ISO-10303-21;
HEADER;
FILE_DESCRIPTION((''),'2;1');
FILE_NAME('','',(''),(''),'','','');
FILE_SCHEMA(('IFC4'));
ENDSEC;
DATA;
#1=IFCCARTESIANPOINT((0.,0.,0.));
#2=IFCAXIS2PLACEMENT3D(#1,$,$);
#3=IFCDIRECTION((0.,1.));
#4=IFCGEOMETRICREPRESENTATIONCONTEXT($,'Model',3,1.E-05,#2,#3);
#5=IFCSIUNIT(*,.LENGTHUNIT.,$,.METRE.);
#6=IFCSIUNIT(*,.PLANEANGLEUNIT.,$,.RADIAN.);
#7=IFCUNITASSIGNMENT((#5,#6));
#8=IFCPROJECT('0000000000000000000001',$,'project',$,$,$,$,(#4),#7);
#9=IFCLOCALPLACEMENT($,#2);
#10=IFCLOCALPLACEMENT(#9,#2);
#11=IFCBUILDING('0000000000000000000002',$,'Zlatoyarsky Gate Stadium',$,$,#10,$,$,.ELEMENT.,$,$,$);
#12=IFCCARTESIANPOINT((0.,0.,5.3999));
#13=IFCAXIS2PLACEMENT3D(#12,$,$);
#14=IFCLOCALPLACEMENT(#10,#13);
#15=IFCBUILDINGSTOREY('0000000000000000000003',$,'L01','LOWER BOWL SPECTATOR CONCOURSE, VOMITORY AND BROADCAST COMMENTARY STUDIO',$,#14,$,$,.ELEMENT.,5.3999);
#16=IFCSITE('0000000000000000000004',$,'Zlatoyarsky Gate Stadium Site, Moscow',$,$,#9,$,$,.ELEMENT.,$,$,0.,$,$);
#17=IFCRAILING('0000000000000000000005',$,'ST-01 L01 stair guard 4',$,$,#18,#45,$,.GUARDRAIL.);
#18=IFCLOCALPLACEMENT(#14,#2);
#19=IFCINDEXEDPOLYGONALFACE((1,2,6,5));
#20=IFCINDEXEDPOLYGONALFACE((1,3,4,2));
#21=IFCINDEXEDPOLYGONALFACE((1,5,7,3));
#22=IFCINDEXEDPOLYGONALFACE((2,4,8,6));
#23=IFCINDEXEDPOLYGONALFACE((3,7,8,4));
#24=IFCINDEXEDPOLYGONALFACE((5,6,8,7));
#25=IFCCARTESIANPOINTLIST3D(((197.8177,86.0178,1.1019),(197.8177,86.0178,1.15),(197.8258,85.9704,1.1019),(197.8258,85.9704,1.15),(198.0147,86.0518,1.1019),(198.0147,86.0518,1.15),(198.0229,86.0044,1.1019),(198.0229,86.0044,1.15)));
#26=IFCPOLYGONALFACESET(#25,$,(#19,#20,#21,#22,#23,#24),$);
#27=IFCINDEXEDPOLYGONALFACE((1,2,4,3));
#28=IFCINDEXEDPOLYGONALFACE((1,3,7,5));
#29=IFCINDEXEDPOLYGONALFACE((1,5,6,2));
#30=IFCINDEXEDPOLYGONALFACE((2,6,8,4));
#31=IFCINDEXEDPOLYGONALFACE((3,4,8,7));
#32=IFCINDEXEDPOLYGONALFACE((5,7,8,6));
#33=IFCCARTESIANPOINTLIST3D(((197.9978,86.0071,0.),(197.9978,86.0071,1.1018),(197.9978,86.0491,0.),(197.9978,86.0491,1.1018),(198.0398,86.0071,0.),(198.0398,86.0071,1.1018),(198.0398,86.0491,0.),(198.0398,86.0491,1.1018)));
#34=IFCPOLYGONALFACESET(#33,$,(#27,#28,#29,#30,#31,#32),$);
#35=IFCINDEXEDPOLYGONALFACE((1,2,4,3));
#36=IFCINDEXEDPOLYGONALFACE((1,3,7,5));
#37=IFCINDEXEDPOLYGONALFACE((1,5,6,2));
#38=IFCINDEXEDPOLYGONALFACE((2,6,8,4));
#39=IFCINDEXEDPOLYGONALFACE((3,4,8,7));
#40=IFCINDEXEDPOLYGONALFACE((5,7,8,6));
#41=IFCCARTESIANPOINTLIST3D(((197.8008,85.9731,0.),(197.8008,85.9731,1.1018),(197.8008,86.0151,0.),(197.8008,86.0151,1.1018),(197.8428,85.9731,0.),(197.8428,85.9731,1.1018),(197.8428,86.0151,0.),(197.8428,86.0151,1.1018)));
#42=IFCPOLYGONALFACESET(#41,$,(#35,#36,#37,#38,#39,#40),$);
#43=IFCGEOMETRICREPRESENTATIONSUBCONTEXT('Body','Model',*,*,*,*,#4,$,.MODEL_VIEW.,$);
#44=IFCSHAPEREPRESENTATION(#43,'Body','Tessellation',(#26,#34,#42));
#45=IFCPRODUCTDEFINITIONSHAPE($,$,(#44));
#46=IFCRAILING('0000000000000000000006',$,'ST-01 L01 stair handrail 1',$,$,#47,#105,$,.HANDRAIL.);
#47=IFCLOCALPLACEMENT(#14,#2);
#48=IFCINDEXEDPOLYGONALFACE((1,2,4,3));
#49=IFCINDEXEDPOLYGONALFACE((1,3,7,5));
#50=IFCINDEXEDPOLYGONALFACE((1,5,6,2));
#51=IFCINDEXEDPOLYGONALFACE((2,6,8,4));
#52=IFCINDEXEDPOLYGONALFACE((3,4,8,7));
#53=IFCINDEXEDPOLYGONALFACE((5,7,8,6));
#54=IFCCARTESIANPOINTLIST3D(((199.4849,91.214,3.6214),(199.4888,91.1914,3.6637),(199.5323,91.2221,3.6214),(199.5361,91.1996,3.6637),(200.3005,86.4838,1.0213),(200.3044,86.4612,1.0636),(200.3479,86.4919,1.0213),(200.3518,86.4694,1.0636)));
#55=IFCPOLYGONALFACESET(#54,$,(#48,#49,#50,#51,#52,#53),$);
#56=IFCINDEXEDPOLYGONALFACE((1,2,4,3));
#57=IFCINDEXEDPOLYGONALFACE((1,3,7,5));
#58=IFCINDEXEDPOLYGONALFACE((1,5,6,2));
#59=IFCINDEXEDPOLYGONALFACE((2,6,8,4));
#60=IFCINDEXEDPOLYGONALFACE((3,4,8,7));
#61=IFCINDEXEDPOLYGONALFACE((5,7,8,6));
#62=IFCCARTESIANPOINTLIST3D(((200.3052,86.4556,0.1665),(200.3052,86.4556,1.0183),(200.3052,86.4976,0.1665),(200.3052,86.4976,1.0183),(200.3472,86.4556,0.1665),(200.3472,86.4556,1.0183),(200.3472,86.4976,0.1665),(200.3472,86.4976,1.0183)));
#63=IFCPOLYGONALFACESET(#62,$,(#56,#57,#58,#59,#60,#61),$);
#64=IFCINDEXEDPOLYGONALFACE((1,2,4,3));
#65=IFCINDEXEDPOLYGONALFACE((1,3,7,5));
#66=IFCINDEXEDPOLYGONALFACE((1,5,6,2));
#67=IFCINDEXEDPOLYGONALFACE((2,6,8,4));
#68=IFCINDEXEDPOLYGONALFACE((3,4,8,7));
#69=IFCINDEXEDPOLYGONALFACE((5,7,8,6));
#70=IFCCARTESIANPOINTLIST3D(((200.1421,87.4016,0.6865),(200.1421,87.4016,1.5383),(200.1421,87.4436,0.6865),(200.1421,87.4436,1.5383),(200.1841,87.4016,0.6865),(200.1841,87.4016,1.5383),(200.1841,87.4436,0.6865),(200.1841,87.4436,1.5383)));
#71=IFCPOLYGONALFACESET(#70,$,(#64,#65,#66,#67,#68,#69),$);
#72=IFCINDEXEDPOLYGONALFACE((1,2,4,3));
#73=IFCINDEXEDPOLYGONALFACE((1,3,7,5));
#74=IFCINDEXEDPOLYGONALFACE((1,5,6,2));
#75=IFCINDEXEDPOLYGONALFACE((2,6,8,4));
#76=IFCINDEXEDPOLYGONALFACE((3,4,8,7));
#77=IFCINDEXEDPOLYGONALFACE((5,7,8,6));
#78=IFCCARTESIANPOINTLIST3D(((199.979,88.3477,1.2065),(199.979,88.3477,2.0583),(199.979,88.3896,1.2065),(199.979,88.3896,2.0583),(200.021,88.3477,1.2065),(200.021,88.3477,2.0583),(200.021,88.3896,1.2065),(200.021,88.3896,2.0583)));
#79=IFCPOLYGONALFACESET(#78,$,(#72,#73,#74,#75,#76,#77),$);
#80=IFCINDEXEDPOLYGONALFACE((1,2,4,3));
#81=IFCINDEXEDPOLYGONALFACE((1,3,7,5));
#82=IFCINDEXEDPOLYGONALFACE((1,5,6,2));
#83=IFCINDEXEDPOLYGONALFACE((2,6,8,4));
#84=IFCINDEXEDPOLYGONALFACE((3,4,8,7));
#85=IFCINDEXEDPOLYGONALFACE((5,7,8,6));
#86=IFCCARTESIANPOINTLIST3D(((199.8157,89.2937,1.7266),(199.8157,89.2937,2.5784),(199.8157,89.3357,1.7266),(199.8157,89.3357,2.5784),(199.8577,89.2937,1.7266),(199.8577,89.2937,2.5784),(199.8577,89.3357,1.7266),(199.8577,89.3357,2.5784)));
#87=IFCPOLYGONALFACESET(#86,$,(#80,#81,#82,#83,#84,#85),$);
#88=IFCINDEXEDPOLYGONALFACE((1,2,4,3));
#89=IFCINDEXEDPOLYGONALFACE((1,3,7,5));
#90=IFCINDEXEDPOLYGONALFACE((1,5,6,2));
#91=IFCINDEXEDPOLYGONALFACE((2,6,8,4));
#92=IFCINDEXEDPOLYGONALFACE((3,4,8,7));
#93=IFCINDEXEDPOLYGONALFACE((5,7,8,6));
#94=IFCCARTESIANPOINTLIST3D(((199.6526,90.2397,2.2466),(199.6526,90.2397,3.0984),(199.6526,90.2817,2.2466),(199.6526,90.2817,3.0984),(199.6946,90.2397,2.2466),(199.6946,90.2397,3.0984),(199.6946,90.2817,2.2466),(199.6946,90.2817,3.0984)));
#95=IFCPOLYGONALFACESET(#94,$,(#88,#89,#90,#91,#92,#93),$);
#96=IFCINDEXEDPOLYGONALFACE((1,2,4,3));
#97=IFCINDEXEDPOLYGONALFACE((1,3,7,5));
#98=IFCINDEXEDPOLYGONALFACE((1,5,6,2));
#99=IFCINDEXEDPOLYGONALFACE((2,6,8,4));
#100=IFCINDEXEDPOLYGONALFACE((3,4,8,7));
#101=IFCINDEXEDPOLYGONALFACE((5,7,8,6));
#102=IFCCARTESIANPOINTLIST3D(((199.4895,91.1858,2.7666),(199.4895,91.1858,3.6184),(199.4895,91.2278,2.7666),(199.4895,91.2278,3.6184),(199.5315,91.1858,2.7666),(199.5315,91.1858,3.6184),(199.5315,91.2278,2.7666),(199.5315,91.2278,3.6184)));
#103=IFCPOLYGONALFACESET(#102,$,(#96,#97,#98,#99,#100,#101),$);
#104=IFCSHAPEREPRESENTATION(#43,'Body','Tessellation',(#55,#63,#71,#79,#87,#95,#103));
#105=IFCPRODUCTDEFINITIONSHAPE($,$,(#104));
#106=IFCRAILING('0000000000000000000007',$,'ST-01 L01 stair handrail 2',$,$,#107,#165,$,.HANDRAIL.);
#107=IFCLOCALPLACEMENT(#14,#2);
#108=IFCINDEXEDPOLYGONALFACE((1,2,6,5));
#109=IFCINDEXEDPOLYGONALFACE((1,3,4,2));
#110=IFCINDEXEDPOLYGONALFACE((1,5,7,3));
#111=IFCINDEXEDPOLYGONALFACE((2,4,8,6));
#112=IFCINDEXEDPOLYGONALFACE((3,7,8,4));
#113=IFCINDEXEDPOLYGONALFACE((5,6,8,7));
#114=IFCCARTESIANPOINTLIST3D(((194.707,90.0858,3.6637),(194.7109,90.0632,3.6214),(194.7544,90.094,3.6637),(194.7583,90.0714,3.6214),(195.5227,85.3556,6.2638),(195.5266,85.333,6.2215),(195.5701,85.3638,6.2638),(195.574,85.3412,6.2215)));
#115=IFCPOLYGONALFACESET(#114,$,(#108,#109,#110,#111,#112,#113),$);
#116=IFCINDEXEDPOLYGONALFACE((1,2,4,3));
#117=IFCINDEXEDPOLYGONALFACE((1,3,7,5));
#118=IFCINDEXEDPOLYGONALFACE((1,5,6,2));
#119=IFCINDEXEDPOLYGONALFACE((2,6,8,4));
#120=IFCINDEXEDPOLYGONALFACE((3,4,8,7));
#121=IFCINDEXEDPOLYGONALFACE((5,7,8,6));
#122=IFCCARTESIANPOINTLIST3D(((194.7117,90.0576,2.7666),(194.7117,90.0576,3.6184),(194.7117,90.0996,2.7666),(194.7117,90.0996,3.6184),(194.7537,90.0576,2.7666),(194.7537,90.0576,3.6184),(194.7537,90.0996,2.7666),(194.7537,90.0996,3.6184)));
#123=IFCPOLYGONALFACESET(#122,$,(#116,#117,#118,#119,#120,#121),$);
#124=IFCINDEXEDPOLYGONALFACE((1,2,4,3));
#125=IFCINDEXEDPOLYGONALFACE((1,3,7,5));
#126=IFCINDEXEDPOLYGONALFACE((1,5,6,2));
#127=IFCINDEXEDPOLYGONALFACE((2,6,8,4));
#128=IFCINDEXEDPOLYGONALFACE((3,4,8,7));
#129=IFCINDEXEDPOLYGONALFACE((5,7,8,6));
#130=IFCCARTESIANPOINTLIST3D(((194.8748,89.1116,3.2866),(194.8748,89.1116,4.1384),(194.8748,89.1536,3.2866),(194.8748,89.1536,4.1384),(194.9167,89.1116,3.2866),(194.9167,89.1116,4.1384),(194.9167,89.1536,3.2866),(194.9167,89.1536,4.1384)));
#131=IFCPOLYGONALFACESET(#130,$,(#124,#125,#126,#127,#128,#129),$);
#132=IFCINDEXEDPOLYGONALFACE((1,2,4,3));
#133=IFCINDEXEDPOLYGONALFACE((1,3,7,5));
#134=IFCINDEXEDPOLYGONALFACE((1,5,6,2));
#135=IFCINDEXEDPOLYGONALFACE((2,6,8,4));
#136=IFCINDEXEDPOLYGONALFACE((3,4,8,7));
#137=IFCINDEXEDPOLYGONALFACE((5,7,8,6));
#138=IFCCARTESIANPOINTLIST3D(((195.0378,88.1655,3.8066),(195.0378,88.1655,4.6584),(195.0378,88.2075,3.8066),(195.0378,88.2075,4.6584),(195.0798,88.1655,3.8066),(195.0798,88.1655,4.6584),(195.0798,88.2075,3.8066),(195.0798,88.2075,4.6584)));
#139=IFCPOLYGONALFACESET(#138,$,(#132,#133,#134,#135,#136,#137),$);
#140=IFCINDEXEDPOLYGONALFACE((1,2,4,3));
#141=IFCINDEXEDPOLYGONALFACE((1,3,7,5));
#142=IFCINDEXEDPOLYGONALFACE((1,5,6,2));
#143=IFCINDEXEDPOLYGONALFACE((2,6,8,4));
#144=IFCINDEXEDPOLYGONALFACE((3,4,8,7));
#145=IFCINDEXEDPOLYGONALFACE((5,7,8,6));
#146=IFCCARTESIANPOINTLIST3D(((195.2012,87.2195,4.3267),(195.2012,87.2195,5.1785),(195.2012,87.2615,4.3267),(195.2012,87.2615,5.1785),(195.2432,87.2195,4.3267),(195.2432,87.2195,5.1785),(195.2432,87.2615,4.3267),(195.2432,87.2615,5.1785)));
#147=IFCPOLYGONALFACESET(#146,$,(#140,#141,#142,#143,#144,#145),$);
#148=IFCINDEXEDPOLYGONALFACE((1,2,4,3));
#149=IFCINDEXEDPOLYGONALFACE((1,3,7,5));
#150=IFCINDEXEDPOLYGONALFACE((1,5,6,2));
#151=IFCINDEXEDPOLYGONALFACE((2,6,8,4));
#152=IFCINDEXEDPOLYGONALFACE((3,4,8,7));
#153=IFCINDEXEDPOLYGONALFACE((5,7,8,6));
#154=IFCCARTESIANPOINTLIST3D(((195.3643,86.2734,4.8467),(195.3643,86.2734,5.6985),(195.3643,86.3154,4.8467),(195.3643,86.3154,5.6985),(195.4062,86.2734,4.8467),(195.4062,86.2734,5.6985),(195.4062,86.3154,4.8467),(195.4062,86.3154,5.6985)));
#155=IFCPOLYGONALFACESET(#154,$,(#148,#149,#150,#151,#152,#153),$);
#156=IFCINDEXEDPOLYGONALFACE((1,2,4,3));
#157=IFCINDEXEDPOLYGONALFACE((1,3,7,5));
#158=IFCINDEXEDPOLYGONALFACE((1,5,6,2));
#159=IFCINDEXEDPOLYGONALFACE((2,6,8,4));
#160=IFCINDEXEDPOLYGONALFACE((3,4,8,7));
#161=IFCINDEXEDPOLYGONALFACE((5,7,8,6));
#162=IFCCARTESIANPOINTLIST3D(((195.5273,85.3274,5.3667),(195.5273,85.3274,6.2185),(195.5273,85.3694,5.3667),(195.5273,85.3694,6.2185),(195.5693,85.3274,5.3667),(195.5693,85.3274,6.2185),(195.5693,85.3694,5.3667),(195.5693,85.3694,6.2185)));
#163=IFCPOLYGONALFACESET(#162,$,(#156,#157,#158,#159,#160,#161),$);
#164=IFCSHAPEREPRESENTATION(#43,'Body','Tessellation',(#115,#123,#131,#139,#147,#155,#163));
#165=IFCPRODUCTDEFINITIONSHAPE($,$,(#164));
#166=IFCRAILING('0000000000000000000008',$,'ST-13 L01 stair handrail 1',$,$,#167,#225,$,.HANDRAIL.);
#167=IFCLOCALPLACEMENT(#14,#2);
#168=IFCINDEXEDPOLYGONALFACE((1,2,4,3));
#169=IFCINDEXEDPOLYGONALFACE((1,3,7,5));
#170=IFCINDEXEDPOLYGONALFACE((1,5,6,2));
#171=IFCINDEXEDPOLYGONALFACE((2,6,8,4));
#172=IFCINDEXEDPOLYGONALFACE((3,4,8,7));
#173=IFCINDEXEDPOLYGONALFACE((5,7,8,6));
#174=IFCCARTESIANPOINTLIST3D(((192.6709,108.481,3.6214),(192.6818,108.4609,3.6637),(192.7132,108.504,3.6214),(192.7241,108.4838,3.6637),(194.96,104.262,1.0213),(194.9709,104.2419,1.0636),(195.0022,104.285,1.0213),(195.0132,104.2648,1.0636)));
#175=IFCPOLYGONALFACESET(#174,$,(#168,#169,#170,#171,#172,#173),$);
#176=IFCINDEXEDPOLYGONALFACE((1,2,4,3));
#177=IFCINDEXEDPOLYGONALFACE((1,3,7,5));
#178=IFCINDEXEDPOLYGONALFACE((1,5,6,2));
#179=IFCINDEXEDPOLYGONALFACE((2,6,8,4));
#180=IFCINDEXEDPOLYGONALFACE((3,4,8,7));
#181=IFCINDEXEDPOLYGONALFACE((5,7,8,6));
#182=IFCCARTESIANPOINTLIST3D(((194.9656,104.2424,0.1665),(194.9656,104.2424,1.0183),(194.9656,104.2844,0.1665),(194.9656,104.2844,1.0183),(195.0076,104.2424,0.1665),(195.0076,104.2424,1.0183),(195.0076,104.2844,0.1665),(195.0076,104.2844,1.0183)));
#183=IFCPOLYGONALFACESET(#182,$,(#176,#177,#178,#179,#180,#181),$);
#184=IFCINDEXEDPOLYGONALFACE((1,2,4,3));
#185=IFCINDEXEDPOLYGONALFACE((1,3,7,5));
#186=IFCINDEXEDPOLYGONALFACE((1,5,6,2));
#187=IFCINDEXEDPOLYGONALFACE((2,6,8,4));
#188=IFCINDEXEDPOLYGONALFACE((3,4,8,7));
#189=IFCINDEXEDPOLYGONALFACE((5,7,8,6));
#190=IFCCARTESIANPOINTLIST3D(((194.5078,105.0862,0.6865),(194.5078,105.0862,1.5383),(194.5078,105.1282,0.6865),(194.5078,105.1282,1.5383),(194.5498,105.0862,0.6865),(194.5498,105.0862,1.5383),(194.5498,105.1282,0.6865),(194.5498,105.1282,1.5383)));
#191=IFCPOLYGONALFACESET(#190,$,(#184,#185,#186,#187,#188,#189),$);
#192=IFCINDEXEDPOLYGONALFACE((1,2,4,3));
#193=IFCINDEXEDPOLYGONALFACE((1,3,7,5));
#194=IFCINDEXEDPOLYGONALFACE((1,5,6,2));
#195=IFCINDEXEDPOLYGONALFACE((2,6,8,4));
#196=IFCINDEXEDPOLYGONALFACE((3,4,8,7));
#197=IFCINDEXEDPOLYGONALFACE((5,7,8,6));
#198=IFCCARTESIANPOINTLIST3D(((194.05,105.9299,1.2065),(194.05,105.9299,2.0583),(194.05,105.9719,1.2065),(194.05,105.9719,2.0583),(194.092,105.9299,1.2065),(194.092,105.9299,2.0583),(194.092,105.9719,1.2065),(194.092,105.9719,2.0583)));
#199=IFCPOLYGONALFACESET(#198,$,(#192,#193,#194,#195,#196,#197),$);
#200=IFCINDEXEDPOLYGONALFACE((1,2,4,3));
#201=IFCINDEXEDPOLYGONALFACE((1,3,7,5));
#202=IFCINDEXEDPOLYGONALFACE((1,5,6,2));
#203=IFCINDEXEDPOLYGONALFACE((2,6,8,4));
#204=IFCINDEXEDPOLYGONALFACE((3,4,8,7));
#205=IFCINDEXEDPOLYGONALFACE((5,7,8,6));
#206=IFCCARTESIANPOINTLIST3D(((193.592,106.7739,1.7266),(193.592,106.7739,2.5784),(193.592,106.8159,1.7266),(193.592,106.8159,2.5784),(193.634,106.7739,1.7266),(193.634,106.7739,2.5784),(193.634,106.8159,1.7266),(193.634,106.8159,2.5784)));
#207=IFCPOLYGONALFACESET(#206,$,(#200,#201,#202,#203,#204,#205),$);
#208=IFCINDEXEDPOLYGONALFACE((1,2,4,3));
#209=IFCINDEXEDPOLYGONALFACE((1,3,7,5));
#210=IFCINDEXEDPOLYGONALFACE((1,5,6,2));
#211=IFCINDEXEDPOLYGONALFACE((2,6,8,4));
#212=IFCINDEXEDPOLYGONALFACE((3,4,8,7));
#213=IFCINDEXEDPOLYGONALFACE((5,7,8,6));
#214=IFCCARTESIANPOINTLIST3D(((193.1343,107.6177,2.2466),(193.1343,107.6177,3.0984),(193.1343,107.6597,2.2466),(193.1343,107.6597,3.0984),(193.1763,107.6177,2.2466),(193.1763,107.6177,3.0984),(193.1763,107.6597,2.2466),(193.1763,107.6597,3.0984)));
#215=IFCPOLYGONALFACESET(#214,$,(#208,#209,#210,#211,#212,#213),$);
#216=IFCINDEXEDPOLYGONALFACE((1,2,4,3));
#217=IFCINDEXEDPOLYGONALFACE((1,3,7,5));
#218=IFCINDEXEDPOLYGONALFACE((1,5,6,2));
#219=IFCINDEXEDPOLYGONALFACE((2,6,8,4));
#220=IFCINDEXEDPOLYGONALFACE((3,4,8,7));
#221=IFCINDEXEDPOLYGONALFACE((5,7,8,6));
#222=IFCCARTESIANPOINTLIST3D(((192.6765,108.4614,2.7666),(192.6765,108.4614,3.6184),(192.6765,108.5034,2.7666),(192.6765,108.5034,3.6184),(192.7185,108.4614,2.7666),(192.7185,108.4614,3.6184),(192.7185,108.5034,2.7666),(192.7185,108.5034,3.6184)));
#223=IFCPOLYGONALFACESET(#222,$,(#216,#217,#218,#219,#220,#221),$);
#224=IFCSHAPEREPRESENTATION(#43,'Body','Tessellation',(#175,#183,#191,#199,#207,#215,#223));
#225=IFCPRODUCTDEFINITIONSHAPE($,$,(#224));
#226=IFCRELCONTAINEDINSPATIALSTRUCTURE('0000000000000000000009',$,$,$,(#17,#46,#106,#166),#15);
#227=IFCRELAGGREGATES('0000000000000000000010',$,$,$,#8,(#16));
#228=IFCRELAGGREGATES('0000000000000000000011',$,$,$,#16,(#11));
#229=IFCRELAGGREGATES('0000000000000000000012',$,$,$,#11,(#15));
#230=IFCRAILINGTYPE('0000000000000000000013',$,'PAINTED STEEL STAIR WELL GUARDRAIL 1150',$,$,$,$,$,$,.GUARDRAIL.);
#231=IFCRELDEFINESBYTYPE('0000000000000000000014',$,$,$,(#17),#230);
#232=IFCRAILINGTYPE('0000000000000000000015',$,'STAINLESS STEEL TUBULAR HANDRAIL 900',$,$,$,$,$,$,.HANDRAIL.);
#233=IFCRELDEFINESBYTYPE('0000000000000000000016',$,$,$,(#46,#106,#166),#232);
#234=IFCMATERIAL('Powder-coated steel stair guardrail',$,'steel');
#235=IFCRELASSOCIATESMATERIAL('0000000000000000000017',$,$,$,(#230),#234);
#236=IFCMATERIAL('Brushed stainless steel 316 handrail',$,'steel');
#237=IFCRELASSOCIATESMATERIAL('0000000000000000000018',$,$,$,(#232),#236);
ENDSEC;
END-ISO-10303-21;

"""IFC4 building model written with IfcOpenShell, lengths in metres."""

from ifc_helpers import new_model, si_unit, direction, frame, origin, origin_2d, place, context, subcontext, project, spatial, rectangle, extrude, material, type_object, element, save


model = new_model("IFC4")

# Units and contexts
model_context = context("Model", 3, precision=1e-05, world=origin(), true_north=direction((0.0, 1.0)))
body_context = subcontext(model_context, "Body", "Model", "MODEL_VIEW")
ifc_project = project(units=[si_unit("LENGTHUNIT", "METRE"), si_unit("PLANEANGLEUNIT", "RADIAN")], contexts=[model_context])

# Site, building, storey
site_placement = place(None, origin())
site = spatial("IfcSite", under=ifc_project, at=site_placement, Name="Zlatoyarsky Gate Stadium Site, Moscow", CompositionType="ELEMENT", RefElevation=0.0)
building_placement = place(site_placement, origin())
building = spatial("IfcBuilding", under=site, at=building_placement, Name="Zlatoyarsky Gate Stadium", CompositionType="ELEMENT")
storey_placement = place(building_placement, frame((0.0, 0.0, 5.3999)))
storey = spatial("IfcBuildingStorey", under=building, at=storey_placement, Name="L01", Description="LOWER BOWL SPECTATOR CONCOURSE, VOMITORY AND BROADCAST COMMENTARY STUDIO", CompositionType="ELEMENT", Elevation=5.3999)

# Railings
ifc_material_1 = material(Name="Powder-coated steel stair guardrail", Category="steel")
railing_type_1 = type_object("IfcRailingType", Name="PAINTED STEEL STAIR WELL GUARDRAIL 1150", PredefinedType="GUARDRAIL", material=ifc_material_1)
railing_1_placement = place(storey_placement, frame((198.0188, 86.0281, 0.0)))
element("IfcRailing", 1, at=railing_1_placement, inside=storey, type_object=railing_type_1, Name="ST-01 L01 stair guard 4", PredefinedType="GUARDRAIL", context=body_context, shape_type="SweptSolid", body=[
    extrude(rectangle(XDim=0.0481, YDim=0.0481, at=origin_2d()), frame((0.0, 0.0, 1.126), z_axis=(-0.985488, -0.169743, 0.0), x_axis=(0.169743, -0.985488, 0.0)), (0.0, 0.0, 1.0), 0.2),
    extrude(rectangle(XDim=0.042, YDim=0.042, at=origin_2d()), origin(), (0.0, 0.0, 1.0), 1.1018),
    extrude(rectangle(XDim=0.042, YDim=0.042, at=origin_2d()), frame((-0.197, -0.0339, 0.0)), (0.0, 0.0, 1.0), 1.1018),
])
ifc_material_2 = material(Name="Brushed stainless steel 316 handrail", Category="steel")
railing_type_2 = type_object("IfcRailingType", Name="STAINLESS STEEL TUBULAR HANDRAIL 900", PredefinedType="HANDRAIL", material=ifc_material_2)
railing_2_placement = place(storey_placement, frame((200.3262, 86.4766, 0.1665)))
element("IfcRailing", 2, at=railing_2_placement, inside=storey, type_object=railing_type_2, Name="ST-01 L01 stair handrail 1", PredefinedType="HANDRAIL", context=body_context, shape_type="SweptSolid", body=[
    extrude(rectangle(XDim=0.0481, YDim=0.0481, at=origin_2d()), frame((0.0, 0.0, 0.876), z_axis=(-0.149418, 0.866498, 0.476294), x_axis=(-0.985456, -0.169931, 0.0)), (0.0, 0.0, 1.0), 5.459),
    extrude(rectangle(XDim=0.042, YDim=0.042, at=origin_2d()), origin(), (0.0, 0.0, 1.0), 0.8518),
    extrude(rectangle(XDim=0.042, YDim=0.042, at=origin_2d()), frame((-0.1631, 0.946, 0.52)), (0.0, 0.0, 1.0), 0.8518),
    extrude(rectangle(XDim=0.042, YDim=0.042, at=origin_2d()), frame((-0.3262, 1.8921, 1.04)), (0.0, 0.0, 1.0), 0.8518),
    extrude(rectangle(XDim=0.042, YDim=0.042, at=origin_2d()), frame((-0.4895, 2.8381, 1.5601)), (0.0, 0.0, 1.0), 0.8518),
    extrude(rectangle(XDim=0.042, YDim=0.042, at=origin_2d()), frame((-0.6526, 3.7842, 2.0801)), (0.0, 0.0, 1.0), 0.8518),
    extrude(rectangle(XDim=0.042, YDim=0.042, at=origin_2d()), frame((-0.8157, 4.7302, 2.6001)), (0.0, 0.0, 1.0), 0.8518),
])
railing_3_placement = place(storey_placement, frame((194.7327, 90.0786, 2.7666)))
element("IfcRailing", 3, at=railing_3_placement, inside=storey, type_object=railing_type_2, Name="ST-01 L01 stair handrail 2", PredefinedType="HANDRAIL", context=body_context, shape_type="SweptSolid", body=[
    extrude(rectangle(XDim=0.0481, YDim=0.0481, at=origin_2d()), frame((0.0, 0.0, 0.876), z_axis=(0.149418, -0.866498, 0.476294), x_axis=(0.985456, 0.169931, 0.0)), (0.0, 0.0, 1.0), 5.459),
    extrude(rectangle(XDim=0.042, YDim=0.042, at=origin_2d()), origin(), (0.0, 0.0, 1.0), 0.8518),
    extrude(rectangle(XDim=0.042, YDim=0.042, at=origin_2d()), frame((0.1631, -0.946, 0.52)), (0.0, 0.0, 1.0), 0.8518),
    extrude(rectangle(XDim=0.042, YDim=0.042, at=origin_2d()), frame((0.3262, -1.8921, 1.04)), (0.0, 0.0, 1.0), 0.8518),
    extrude(rectangle(XDim=0.042, YDim=0.042, at=origin_2d()), frame((0.4895, -2.8381, 1.5601)), (0.0, 0.0, 1.0), 0.8518),
    extrude(rectangle(XDim=0.042, YDim=0.042, at=origin_2d()), frame((0.6526, -3.7842, 2.0801)), (0.0, 0.0, 1.0), 0.8518),
    extrude(rectangle(XDim=0.042, YDim=0.042, at=origin_2d()), frame((0.8157, -4.7302, 2.6001)), (0.0, 0.0, 1.0), 0.8518),
])
railing_4_placement = place(storey_placement, frame((194.9866, 104.2634, 0.1665)))
element("IfcRailing", 4, at=railing_4_placement, inside=storey, type_object=railing_type_2, Name="ST-13 L01 stair handrail 1", PredefinedType="HANDRAIL", context=body_context, shape_type="SweptSolid", body=[
    extrude(rectangle(XDim=0.0481, YDim=0.0481, at=origin_2d()), frame((0.0, 0.0, 0.876), z_axis=(-0.419322, 0.772857, 0.476299), x_axis=(-0.878962, -0.476891, 0.0)), (0.0, 0.0, 1.0), 5.459),
    extrude(rectangle(XDim=0.042, YDim=0.042, at=origin_2d()), origin(), (0.0, 0.0, 1.0), 0.8518),
    extrude(rectangle(XDim=0.042, YDim=0.042, at=origin_2d()), frame((-0.4578, 0.8438, 0.52)), (0.0, 0.0, 1.0), 0.8518),
    extrude(rectangle(XDim=0.042, YDim=0.042, at=origin_2d()), frame((-0.9155, 1.6875, 1.04)), (0.0, 0.0, 1.0), 0.8518),
    extrude(rectangle(XDim=0.042, YDim=0.042, at=origin_2d()), frame((-1.3735, 2.5315, 1.5601)), (0.0, 0.0, 1.0), 0.8518),
    extrude(rectangle(XDim=0.042, YDim=0.042, at=origin_2d()), frame((-1.8313, 3.3752, 2.0801)), (0.0, 0.0, 1.0), 0.8518),
    extrude(rectangle(XDim=0.042, YDim=0.042, at=origin_2d()), frame((-2.2891, 4.219, 2.6001)), (0.0, 0.0, 1.0), 0.8518),
])

save(model, "model.ifc")
